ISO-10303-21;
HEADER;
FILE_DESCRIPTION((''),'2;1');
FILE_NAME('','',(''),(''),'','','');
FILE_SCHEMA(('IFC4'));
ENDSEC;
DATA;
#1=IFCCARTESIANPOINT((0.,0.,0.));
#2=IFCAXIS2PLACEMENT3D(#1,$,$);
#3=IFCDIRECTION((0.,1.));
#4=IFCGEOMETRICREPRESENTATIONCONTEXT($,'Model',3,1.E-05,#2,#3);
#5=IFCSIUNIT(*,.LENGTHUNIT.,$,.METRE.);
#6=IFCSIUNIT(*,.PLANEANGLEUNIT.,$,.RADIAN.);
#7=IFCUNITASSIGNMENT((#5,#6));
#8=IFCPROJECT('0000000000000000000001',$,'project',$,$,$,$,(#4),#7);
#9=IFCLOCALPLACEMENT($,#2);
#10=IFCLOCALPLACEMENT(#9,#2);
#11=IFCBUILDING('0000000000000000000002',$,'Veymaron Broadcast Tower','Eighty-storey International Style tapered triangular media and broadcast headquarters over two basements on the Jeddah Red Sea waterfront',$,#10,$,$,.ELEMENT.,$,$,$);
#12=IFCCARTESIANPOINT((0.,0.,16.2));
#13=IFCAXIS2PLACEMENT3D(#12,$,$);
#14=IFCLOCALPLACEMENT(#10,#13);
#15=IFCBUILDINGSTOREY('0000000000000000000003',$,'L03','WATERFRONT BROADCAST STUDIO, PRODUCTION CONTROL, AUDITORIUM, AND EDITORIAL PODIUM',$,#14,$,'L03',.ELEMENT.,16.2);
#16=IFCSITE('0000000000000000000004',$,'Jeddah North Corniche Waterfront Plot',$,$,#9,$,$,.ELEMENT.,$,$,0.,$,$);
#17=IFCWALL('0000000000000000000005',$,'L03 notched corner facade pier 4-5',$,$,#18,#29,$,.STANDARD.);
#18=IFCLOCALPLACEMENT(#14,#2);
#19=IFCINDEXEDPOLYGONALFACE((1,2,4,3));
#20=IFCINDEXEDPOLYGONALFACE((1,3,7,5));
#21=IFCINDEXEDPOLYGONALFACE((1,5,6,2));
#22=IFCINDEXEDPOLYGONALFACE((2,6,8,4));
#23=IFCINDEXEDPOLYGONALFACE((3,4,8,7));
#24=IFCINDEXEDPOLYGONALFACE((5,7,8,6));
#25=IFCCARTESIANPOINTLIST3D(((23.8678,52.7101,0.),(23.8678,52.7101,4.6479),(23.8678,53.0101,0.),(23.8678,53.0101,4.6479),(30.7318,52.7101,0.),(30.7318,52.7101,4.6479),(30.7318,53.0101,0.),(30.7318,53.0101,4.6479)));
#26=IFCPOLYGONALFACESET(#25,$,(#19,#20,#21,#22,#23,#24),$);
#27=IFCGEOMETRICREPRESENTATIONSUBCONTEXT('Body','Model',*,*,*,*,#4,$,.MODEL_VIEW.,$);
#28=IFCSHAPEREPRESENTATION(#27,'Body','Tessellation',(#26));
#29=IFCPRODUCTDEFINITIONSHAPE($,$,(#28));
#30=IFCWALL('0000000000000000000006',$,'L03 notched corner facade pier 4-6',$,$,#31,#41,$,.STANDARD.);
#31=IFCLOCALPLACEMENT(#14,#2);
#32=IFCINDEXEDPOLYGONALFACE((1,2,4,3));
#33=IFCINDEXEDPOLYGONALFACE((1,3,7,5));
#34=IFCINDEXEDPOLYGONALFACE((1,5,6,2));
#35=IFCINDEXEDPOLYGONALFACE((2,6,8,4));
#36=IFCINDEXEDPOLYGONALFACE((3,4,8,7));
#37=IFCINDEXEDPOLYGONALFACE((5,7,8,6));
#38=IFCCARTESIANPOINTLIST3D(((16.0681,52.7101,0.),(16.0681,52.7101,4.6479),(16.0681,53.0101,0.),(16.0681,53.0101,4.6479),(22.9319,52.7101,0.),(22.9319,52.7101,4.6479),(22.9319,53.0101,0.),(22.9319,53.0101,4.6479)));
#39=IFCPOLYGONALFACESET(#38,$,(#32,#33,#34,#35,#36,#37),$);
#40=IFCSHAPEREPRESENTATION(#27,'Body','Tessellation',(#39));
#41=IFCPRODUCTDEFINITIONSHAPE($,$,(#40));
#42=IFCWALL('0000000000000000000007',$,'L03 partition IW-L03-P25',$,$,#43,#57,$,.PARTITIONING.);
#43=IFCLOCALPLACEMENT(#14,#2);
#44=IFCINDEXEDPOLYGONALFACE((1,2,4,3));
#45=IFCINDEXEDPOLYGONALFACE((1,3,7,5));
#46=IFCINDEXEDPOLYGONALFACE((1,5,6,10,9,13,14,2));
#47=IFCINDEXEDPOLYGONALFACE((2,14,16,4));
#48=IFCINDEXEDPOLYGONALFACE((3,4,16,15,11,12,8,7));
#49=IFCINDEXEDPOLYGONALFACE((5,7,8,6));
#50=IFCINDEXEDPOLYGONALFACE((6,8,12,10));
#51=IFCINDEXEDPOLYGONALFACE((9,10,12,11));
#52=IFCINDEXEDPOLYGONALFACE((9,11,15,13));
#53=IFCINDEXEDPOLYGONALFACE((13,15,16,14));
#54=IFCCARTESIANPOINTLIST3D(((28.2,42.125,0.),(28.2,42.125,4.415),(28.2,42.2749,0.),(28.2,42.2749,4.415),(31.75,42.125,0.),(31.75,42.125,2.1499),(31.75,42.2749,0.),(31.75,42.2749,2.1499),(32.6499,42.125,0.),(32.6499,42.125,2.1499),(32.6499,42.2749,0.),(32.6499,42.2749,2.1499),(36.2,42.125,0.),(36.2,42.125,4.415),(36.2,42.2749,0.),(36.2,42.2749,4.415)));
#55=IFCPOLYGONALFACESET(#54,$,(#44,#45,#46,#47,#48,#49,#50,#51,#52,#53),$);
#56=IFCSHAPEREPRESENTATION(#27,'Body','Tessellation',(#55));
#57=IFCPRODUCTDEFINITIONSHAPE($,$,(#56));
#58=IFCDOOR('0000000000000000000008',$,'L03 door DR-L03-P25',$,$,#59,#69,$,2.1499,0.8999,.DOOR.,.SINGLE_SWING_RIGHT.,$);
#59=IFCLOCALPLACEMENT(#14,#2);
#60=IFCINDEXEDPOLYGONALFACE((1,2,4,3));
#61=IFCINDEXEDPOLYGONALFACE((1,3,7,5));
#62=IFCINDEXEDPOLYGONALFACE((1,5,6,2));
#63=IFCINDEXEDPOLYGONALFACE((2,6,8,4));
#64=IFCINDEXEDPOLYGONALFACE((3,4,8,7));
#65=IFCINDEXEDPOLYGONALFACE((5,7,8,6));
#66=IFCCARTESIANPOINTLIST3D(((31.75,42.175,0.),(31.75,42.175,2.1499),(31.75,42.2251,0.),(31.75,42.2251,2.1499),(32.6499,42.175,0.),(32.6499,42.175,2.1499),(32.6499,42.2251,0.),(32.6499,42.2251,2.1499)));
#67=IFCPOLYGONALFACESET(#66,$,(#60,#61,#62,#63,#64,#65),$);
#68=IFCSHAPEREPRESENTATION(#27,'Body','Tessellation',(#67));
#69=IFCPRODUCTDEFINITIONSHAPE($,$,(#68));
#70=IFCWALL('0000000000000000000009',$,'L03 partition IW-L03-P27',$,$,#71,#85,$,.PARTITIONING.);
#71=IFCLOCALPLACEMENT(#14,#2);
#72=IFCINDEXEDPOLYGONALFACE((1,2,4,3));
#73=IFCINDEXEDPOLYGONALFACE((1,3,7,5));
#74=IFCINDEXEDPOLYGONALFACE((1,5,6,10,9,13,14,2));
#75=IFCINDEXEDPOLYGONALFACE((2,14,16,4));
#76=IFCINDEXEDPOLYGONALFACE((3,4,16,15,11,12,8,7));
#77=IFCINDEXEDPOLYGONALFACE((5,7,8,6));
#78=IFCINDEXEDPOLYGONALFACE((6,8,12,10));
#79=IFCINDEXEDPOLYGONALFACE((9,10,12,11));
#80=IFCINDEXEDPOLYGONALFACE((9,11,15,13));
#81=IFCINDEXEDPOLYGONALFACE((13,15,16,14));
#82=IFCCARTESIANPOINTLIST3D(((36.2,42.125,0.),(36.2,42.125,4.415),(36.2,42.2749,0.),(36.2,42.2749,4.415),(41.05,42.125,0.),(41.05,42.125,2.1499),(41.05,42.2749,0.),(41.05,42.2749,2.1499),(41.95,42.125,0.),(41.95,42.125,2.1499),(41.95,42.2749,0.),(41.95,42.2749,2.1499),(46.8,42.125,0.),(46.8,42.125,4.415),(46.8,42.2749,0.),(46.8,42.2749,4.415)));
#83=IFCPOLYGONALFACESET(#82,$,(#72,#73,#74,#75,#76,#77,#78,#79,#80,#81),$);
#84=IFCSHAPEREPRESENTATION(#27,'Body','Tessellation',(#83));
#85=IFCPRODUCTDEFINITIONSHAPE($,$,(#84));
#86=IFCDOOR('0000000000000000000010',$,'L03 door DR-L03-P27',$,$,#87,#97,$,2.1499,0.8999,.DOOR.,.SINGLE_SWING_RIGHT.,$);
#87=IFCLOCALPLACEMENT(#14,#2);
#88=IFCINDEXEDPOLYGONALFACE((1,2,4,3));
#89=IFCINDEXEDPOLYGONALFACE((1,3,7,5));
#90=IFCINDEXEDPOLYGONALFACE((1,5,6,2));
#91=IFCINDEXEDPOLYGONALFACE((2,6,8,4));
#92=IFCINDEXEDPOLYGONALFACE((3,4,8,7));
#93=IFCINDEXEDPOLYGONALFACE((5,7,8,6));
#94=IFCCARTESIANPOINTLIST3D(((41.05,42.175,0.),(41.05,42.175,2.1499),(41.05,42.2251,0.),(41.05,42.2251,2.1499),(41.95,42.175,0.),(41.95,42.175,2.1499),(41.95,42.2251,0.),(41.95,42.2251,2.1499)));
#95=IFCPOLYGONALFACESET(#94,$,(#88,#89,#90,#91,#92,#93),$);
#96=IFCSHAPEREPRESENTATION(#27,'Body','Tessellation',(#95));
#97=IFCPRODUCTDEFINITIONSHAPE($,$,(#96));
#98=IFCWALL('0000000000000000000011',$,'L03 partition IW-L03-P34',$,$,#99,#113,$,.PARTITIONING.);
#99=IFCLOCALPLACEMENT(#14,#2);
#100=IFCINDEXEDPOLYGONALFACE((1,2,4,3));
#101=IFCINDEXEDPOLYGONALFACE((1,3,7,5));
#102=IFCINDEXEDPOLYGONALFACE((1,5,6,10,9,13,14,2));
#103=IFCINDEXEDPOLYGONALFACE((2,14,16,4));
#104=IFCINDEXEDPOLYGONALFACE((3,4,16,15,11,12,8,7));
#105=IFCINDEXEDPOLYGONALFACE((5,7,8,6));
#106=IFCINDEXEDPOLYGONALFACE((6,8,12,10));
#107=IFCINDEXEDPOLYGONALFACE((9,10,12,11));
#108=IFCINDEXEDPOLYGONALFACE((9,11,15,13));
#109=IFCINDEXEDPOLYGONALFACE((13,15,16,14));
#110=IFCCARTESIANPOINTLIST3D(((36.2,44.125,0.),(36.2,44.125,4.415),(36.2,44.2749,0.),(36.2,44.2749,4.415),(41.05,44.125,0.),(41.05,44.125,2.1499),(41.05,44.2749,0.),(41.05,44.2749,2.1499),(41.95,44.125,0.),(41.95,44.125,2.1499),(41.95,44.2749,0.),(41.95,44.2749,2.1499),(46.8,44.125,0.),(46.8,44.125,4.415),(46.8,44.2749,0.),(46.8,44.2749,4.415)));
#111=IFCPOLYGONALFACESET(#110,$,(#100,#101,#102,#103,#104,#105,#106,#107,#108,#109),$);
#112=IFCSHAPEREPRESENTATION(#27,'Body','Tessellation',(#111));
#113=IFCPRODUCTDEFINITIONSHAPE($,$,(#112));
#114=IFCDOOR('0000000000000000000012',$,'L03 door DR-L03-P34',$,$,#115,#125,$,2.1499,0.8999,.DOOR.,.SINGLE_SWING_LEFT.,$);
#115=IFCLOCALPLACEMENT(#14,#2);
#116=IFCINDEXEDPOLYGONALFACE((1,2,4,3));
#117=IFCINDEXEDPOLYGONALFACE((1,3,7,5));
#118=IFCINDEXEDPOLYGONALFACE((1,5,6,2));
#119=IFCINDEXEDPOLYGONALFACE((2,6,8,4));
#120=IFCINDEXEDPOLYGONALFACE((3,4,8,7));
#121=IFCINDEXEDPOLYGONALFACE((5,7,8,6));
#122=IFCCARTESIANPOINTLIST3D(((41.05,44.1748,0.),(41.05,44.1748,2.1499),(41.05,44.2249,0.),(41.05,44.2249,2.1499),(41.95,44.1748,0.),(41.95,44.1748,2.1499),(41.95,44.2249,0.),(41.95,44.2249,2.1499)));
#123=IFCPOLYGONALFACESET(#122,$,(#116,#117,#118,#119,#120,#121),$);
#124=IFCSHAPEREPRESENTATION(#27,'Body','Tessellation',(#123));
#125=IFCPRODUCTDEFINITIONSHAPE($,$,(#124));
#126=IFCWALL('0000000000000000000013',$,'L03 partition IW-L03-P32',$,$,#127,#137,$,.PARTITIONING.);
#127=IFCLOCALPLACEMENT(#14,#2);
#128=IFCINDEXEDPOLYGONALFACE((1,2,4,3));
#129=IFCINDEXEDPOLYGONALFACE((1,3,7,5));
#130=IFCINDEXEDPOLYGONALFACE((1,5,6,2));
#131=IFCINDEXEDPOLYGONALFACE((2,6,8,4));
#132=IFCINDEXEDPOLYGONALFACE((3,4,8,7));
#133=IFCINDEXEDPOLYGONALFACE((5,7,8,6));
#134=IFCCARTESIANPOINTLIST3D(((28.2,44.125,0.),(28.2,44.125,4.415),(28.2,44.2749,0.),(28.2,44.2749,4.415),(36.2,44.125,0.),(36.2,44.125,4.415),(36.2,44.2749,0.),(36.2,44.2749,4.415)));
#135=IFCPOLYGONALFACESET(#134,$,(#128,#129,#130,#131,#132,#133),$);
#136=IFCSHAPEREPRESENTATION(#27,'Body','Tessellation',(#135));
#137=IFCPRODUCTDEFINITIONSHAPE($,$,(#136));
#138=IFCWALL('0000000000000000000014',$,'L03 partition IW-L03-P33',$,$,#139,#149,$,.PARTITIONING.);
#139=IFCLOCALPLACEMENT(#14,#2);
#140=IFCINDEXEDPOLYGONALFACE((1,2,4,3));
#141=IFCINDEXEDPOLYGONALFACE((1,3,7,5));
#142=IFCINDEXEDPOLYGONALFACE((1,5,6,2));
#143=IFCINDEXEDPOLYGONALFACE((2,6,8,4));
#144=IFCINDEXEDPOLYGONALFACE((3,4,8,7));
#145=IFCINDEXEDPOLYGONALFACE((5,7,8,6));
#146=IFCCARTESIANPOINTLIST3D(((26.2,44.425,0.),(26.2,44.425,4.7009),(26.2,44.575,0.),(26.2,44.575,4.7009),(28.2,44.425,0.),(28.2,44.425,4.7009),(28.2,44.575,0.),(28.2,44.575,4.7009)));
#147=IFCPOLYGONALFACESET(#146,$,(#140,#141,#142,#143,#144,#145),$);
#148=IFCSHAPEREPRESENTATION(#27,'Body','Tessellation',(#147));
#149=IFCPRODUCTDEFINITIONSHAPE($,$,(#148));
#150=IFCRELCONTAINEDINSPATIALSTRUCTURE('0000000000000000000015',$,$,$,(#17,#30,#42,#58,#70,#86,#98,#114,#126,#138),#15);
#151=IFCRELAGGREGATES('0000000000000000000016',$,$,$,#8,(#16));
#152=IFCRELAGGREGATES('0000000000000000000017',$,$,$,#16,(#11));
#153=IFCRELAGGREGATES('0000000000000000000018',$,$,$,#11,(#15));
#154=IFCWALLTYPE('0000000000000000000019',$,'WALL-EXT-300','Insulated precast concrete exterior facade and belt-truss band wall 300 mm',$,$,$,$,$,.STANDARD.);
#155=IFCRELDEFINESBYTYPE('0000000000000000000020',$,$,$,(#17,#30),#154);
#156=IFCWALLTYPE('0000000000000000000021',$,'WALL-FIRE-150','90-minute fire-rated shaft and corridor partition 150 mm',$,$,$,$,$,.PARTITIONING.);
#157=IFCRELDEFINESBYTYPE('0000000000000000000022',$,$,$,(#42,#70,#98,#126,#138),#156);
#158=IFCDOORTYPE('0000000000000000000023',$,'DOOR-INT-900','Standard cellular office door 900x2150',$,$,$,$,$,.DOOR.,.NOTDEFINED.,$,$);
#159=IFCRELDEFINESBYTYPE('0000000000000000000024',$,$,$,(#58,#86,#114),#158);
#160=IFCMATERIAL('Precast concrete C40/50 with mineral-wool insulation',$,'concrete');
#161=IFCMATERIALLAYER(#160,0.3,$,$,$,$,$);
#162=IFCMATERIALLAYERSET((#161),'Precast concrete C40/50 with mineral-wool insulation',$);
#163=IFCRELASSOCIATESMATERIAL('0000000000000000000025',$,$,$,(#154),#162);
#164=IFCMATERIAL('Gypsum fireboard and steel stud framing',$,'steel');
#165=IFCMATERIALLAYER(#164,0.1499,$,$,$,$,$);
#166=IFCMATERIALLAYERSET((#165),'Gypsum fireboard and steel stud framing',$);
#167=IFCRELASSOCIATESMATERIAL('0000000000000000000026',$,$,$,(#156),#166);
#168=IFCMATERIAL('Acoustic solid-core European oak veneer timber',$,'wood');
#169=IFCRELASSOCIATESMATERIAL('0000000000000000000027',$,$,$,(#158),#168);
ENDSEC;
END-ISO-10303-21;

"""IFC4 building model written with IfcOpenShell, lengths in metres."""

from ifc_helpers import new_model, si_unit, direction, frame, frame_2d, origin, place, context, subcontext, project, spatial, rectangle, extrude, material, layer, layer_set, type_object, element, fill, save


model = new_model("IFC4")

# Units and contexts
model_context = context("Model", 3, precision=1e-05, world=origin(), true_north=direction((0.0, 1.0)))
body_context = subcontext(model_context, "Body", "Model", "MODEL_VIEW")
ifc_project = project(units=[si_unit("LENGTHUNIT", "METRE"), si_unit("PLANEANGLEUNIT", "RADIAN")], contexts=[model_context])

# Site, building, storey
site_placement = place(None, origin())
site = spatial("IfcSite", under=ifc_project, at=site_placement, Name="Jeddah North Corniche Waterfront Plot", CompositionType="ELEMENT", RefElevation=0.0)
building_placement = place(site_placement, origin())
building = spatial("IfcBuilding", under=site, at=building_placement, Name="Veymaron Broadcast Tower", Description="Eighty-storey International Style tapered triangular media and broadcast headquarters over two basements on the Jeddah Red Sea waterfront", CompositionType="ELEMENT")
storey_placement = place(building_placement, frame((0.0, 0.0, 16.2)))
storey = spatial("IfcBuildingStorey", under=building, at=storey_placement, Name="L03", Description="WATERFRONT BROADCAST STUDIO, PRODUCTION CONTROL, AUDITORIUM, AND EDITORIAL PODIUM", LongName="L03", CompositionType="ELEMENT", Elevation=16.2)

# Walls
ifc_material_1 = material(Name="Precast concrete C40/50 with mineral-wool insulation", Category="concrete")
ifc_layer_1 = layer(ifc_material_1, 0.3)
ifc_layer_set_1 = layer_set([ifc_layer_1], Name="Precast concrete C40/50 with mineral-wool insulation")
wall_type_1 = type_object("IfcWallType", Name="WALL-EXT-300", Description="Insulated precast concrete exterior facade and belt-truss band wall 300 mm", PredefinedType="STANDARD", material=ifc_layer_set_1)
wall_1_placement = place(storey_placement, frame((30.7319, 52.8601, 0.0), z_axis=(0.0, 0.0, 1.0), x_axis=(-1.0, 0.0, 0.0)))
element("IfcWall", 1, at=wall_1_placement, inside=storey, type_object=wall_type_1, Name="L03 notched corner facade pier 4-5", PredefinedType="STANDARD", context=body_context, shape_type="SweptSolid", body=[
    extrude(rectangle(XDim=6.864, YDim=0.3, at=frame_2d((3.4321, 0.0))), origin(), (0.0, 0.0, 1.0), 4.6479),
])
wall_2_placement = place(storey_placement, frame((22.9319, 52.8601, 0.0), z_axis=(0.0, 0.0, 1.0), x_axis=(-1.0, 0.0, 0.0)))
element("IfcWall", 2, at=wall_2_placement, inside=storey, type_object=wall_type_1, Name="L03 notched corner facade pier 4-6", PredefinedType="STANDARD", context=body_context, shape_type="SweptSolid", body=[
    extrude(rectangle(XDim=6.8638, YDim=0.3, at=frame_2d((3.4319, 0.0))), origin(), (0.0, 0.0, 1.0), 4.6479),
])

# Walls, openings, doors
ifc_material_2 = material(Name="Gypsum fireboard and steel stud framing", Category="steel")
ifc_layer_2 = layer(ifc_material_2, 0.1499)
ifc_layer_set_2 = layer_set([ifc_layer_2], Name="Gypsum fireboard and steel stud framing")
wall_type_2 = type_object("IfcWallType", Name="WALL-FIRE-150", Description="90-minute fire-rated shaft and corridor partition 150 mm", PredefinedType="PARTITIONING", material=ifc_layer_set_2)
wall_3_placement = place(storey_placement, frame((28.2, 42.2, 0.0), z_axis=(0.0, 0.0, 1.0), x_axis=(1.0, 0.0, 0.0)))
wall_3 = element("IfcWall", 3, at=wall_3_placement, inside=storey, type_object=wall_type_2, Name="L03 partition IW-L03-P25", PredefinedType="PARTITIONING", context=body_context, shape_type="SweptSolid", body=[
    extrude(rectangle(XDim=8.0, YDim=0.1499, at=frame_2d((4.0, 0.0))), origin(), (0.0, 0.0, 1.0), 4.415),
])
opening_1_placement = place(wall_3_placement, frame((3.55, 0.0, 0.0)))
opening_1 = element("IfcOpeningElement", 4, at=opening_1_placement, cuts=wall_3, PredefinedType="OPENING", context=body_context, shape_type="SweptSolid", body=[
    extrude(rectangle(XDim=0.8999, YDim=2.1499, at=frame_2d((0.45, 1.075))), frame((0.0, 0.085, 0.0), z_axis=(0.0, -1.0, 0.0), x_axis=(1.0, 0.0, 0.0)), (0.0, 0.0, 1.0), 0.1699),
])
ifc_material_3 = material(Name="Acoustic solid-core European oak veneer timber", Category="wood")
door_type = type_object("IfcDoorType", Name="DOOR-INT-900", Description="Standard cellular office door 900x2150", OperationType="NOTDEFINED", PredefinedType="DOOR", material=ifc_material_3)
door_1_placement = place(opening_1_placement, frame((0.8999, 0.0, 0.0), z_axis=(0.0, 0.0, 1.0), x_axis=(-1.0, 0.0, 0.0)))
door_1 = element("IfcDoor", 5, at=door_1_placement, inside=storey, type_object=door_type, Name="L03 door DR-L03-P25", OperationType="SINGLE_SWING_RIGHT", OverallHeight=2.1499, OverallWidth=0.8999, PredefinedType="DOOR", context=body_context, shape_type="SweptSolid", body=[
    extrude(rectangle(XDim=0.8999, YDim=2.1499, at=frame_2d((0.45, 1.075))), frame((0.0, 0.0249, 0.0), z_axis=(0.0, -1.0, 0.0), x_axis=(1.0, 0.0, 0.0)), (0.0, 0.0, 1.0), 0.05),
])
fill(opening_1, door_1)
wall_4_placement = place(storey_placement, frame((36.2, 42.2, 0.0), z_axis=(0.0, 0.0, 1.0), x_axis=(1.0, 0.0, 0.0)))
wall_4 = element("IfcWall", 6, at=wall_4_placement, inside=storey, type_object=wall_type_2, Name="L03 partition IW-L03-P27", PredefinedType="PARTITIONING", context=body_context, shape_type="SweptSolid", body=[
    extrude(rectangle(XDim=10.6001, YDim=0.1499, at=frame_2d((5.3, 0.0))), origin(), (0.0, 0.0, 1.0), 4.415),
])
opening_2_placement = place(wall_4_placement, frame((4.8501, 0.0, 0.0)))
opening_2 = element("IfcOpeningElement", 7, at=opening_2_placement, cuts=wall_4, PredefinedType="OPENING", context=body_context, shape_type="SweptSolid", body=[
    extrude(rectangle(XDim=0.8999, YDim=2.1499, at=frame_2d((0.45, 1.075))), frame((0.0, 0.085, 0.0), z_axis=(0.0, -1.0, 0.0), x_axis=(1.0, 0.0, 0.0)), (0.0, 0.0, 1.0), 0.1699),
])
door_2_placement = place(opening_2_placement, frame((0.8999, 0.0, 0.0), z_axis=(0.0, 0.0, 1.0), x_axis=(-1.0, 0.0, 0.0)))
door_2 = element("IfcDoor", 8, at=door_2_placement, inside=storey, type_object=door_type, Name="L03 door DR-L03-P27", OperationType="SINGLE_SWING_RIGHT", OverallHeight=2.1499, OverallWidth=0.8999, PredefinedType="DOOR", context=body_context, shape_type="SweptSolid", body=[
    extrude(rectangle(XDim=0.8999, YDim=2.1499, at=frame_2d((0.45, 1.075))), frame((0.0, 0.0249, 0.0), z_axis=(0.0, -1.0, 0.0), x_axis=(1.0, 0.0, 0.0)), (0.0, 0.0, 1.0), 0.05),
])
fill(opening_2, door_2)
wall_5_placement = place(storey_placement, frame((36.2, 44.2, 0.0), z_axis=(0.0, 0.0, 1.0), x_axis=(1.0, 0.0, 0.0)))
wall_5 = element("IfcWall", 9, at=wall_5_placement, inside=storey, type_object=wall_type_2, Name="L03 partition IW-L03-P34", PredefinedType="PARTITIONING", context=body_context, shape_type="SweptSolid", body=[
    extrude(rectangle(XDim=10.6001, YDim=0.1499, at=frame_2d((5.3, 0.0))), origin(), (0.0, 0.0, 1.0), 4.415),
])
opening_3_placement = place(wall_5_placement, frame((4.8501, 0.0, 0.0)))
opening_3 = element("IfcOpeningElement", 10, at=opening_3_placement, cuts=wall_5, PredefinedType="OPENING", context=body_context, shape_type="SweptSolid", body=[
    extrude(rectangle(XDim=0.8999, YDim=2.1499, at=frame_2d((0.45, 1.075))), frame((0.0, 0.085, 0.0), z_axis=(0.0, -1.0, 0.0), x_axis=(1.0, 0.0, 0.0)), (0.0, 0.0, 1.0), 0.1699),
])
door_3_placement = place(opening_3_placement, origin())
door_3 = element("IfcDoor", 11, at=door_3_placement, inside=storey, type_object=door_type, Name="L03 door DR-L03-P34", OperationType="SINGLE_SWING_LEFT", OverallHeight=2.1499, OverallWidth=0.8999, PredefinedType="DOOR", context=body_context, shape_type="SweptSolid", body=[
    extrude(rectangle(XDim=0.8999, YDim=2.1499, at=frame_2d((0.45, 1.075))), frame((0.0, 0.0249, 0.0), z_axis=(0.0, -1.0, 0.0), x_axis=(1.0, 0.0, 0.0)), (0.0, 0.0, 1.0), 0.05),
])
fill(opening_3, door_3)

# Walls
wall_6_placement = place(storey_placement, frame((28.2, 44.2, 0.0), z_axis=(0.0, 0.0, 1.0), x_axis=(1.0, 0.0, 0.0)))
element("IfcWall", 12, at=wall_6_placement, inside=storey, type_object=wall_type_2, Name="L03 partition IW-L03-P32", PredefinedType="PARTITIONING", context=body_context, shape_type="SweptSolid", body=[
    extrude(rectangle(XDim=8.0, YDim=0.1499, at=frame_2d((4.0, 0.0))), origin(), (0.0, 0.0, 1.0), 4.415),
])
wall_7_placement = place(storey_placement, frame((26.2, 44.5, 0.0), z_axis=(0.0, 0.0, 1.0), x_axis=(1.0, 0.0, 0.0)))
element("IfcWall", 13, at=wall_7_placement, inside=storey, type_object=wall_type_2, Name="L03 partition IW-L03-P33", PredefinedType="PARTITIONING", context=body_context, shape_type="SweptSolid", body=[
    extrude(rectangle(XDim=2.0, YDim=0.1499, at=frame_2d((1.0, 0.0))), origin(), (0.0, 0.0, 1.0), 4.7009),
])

save(model, "model.ifc")
